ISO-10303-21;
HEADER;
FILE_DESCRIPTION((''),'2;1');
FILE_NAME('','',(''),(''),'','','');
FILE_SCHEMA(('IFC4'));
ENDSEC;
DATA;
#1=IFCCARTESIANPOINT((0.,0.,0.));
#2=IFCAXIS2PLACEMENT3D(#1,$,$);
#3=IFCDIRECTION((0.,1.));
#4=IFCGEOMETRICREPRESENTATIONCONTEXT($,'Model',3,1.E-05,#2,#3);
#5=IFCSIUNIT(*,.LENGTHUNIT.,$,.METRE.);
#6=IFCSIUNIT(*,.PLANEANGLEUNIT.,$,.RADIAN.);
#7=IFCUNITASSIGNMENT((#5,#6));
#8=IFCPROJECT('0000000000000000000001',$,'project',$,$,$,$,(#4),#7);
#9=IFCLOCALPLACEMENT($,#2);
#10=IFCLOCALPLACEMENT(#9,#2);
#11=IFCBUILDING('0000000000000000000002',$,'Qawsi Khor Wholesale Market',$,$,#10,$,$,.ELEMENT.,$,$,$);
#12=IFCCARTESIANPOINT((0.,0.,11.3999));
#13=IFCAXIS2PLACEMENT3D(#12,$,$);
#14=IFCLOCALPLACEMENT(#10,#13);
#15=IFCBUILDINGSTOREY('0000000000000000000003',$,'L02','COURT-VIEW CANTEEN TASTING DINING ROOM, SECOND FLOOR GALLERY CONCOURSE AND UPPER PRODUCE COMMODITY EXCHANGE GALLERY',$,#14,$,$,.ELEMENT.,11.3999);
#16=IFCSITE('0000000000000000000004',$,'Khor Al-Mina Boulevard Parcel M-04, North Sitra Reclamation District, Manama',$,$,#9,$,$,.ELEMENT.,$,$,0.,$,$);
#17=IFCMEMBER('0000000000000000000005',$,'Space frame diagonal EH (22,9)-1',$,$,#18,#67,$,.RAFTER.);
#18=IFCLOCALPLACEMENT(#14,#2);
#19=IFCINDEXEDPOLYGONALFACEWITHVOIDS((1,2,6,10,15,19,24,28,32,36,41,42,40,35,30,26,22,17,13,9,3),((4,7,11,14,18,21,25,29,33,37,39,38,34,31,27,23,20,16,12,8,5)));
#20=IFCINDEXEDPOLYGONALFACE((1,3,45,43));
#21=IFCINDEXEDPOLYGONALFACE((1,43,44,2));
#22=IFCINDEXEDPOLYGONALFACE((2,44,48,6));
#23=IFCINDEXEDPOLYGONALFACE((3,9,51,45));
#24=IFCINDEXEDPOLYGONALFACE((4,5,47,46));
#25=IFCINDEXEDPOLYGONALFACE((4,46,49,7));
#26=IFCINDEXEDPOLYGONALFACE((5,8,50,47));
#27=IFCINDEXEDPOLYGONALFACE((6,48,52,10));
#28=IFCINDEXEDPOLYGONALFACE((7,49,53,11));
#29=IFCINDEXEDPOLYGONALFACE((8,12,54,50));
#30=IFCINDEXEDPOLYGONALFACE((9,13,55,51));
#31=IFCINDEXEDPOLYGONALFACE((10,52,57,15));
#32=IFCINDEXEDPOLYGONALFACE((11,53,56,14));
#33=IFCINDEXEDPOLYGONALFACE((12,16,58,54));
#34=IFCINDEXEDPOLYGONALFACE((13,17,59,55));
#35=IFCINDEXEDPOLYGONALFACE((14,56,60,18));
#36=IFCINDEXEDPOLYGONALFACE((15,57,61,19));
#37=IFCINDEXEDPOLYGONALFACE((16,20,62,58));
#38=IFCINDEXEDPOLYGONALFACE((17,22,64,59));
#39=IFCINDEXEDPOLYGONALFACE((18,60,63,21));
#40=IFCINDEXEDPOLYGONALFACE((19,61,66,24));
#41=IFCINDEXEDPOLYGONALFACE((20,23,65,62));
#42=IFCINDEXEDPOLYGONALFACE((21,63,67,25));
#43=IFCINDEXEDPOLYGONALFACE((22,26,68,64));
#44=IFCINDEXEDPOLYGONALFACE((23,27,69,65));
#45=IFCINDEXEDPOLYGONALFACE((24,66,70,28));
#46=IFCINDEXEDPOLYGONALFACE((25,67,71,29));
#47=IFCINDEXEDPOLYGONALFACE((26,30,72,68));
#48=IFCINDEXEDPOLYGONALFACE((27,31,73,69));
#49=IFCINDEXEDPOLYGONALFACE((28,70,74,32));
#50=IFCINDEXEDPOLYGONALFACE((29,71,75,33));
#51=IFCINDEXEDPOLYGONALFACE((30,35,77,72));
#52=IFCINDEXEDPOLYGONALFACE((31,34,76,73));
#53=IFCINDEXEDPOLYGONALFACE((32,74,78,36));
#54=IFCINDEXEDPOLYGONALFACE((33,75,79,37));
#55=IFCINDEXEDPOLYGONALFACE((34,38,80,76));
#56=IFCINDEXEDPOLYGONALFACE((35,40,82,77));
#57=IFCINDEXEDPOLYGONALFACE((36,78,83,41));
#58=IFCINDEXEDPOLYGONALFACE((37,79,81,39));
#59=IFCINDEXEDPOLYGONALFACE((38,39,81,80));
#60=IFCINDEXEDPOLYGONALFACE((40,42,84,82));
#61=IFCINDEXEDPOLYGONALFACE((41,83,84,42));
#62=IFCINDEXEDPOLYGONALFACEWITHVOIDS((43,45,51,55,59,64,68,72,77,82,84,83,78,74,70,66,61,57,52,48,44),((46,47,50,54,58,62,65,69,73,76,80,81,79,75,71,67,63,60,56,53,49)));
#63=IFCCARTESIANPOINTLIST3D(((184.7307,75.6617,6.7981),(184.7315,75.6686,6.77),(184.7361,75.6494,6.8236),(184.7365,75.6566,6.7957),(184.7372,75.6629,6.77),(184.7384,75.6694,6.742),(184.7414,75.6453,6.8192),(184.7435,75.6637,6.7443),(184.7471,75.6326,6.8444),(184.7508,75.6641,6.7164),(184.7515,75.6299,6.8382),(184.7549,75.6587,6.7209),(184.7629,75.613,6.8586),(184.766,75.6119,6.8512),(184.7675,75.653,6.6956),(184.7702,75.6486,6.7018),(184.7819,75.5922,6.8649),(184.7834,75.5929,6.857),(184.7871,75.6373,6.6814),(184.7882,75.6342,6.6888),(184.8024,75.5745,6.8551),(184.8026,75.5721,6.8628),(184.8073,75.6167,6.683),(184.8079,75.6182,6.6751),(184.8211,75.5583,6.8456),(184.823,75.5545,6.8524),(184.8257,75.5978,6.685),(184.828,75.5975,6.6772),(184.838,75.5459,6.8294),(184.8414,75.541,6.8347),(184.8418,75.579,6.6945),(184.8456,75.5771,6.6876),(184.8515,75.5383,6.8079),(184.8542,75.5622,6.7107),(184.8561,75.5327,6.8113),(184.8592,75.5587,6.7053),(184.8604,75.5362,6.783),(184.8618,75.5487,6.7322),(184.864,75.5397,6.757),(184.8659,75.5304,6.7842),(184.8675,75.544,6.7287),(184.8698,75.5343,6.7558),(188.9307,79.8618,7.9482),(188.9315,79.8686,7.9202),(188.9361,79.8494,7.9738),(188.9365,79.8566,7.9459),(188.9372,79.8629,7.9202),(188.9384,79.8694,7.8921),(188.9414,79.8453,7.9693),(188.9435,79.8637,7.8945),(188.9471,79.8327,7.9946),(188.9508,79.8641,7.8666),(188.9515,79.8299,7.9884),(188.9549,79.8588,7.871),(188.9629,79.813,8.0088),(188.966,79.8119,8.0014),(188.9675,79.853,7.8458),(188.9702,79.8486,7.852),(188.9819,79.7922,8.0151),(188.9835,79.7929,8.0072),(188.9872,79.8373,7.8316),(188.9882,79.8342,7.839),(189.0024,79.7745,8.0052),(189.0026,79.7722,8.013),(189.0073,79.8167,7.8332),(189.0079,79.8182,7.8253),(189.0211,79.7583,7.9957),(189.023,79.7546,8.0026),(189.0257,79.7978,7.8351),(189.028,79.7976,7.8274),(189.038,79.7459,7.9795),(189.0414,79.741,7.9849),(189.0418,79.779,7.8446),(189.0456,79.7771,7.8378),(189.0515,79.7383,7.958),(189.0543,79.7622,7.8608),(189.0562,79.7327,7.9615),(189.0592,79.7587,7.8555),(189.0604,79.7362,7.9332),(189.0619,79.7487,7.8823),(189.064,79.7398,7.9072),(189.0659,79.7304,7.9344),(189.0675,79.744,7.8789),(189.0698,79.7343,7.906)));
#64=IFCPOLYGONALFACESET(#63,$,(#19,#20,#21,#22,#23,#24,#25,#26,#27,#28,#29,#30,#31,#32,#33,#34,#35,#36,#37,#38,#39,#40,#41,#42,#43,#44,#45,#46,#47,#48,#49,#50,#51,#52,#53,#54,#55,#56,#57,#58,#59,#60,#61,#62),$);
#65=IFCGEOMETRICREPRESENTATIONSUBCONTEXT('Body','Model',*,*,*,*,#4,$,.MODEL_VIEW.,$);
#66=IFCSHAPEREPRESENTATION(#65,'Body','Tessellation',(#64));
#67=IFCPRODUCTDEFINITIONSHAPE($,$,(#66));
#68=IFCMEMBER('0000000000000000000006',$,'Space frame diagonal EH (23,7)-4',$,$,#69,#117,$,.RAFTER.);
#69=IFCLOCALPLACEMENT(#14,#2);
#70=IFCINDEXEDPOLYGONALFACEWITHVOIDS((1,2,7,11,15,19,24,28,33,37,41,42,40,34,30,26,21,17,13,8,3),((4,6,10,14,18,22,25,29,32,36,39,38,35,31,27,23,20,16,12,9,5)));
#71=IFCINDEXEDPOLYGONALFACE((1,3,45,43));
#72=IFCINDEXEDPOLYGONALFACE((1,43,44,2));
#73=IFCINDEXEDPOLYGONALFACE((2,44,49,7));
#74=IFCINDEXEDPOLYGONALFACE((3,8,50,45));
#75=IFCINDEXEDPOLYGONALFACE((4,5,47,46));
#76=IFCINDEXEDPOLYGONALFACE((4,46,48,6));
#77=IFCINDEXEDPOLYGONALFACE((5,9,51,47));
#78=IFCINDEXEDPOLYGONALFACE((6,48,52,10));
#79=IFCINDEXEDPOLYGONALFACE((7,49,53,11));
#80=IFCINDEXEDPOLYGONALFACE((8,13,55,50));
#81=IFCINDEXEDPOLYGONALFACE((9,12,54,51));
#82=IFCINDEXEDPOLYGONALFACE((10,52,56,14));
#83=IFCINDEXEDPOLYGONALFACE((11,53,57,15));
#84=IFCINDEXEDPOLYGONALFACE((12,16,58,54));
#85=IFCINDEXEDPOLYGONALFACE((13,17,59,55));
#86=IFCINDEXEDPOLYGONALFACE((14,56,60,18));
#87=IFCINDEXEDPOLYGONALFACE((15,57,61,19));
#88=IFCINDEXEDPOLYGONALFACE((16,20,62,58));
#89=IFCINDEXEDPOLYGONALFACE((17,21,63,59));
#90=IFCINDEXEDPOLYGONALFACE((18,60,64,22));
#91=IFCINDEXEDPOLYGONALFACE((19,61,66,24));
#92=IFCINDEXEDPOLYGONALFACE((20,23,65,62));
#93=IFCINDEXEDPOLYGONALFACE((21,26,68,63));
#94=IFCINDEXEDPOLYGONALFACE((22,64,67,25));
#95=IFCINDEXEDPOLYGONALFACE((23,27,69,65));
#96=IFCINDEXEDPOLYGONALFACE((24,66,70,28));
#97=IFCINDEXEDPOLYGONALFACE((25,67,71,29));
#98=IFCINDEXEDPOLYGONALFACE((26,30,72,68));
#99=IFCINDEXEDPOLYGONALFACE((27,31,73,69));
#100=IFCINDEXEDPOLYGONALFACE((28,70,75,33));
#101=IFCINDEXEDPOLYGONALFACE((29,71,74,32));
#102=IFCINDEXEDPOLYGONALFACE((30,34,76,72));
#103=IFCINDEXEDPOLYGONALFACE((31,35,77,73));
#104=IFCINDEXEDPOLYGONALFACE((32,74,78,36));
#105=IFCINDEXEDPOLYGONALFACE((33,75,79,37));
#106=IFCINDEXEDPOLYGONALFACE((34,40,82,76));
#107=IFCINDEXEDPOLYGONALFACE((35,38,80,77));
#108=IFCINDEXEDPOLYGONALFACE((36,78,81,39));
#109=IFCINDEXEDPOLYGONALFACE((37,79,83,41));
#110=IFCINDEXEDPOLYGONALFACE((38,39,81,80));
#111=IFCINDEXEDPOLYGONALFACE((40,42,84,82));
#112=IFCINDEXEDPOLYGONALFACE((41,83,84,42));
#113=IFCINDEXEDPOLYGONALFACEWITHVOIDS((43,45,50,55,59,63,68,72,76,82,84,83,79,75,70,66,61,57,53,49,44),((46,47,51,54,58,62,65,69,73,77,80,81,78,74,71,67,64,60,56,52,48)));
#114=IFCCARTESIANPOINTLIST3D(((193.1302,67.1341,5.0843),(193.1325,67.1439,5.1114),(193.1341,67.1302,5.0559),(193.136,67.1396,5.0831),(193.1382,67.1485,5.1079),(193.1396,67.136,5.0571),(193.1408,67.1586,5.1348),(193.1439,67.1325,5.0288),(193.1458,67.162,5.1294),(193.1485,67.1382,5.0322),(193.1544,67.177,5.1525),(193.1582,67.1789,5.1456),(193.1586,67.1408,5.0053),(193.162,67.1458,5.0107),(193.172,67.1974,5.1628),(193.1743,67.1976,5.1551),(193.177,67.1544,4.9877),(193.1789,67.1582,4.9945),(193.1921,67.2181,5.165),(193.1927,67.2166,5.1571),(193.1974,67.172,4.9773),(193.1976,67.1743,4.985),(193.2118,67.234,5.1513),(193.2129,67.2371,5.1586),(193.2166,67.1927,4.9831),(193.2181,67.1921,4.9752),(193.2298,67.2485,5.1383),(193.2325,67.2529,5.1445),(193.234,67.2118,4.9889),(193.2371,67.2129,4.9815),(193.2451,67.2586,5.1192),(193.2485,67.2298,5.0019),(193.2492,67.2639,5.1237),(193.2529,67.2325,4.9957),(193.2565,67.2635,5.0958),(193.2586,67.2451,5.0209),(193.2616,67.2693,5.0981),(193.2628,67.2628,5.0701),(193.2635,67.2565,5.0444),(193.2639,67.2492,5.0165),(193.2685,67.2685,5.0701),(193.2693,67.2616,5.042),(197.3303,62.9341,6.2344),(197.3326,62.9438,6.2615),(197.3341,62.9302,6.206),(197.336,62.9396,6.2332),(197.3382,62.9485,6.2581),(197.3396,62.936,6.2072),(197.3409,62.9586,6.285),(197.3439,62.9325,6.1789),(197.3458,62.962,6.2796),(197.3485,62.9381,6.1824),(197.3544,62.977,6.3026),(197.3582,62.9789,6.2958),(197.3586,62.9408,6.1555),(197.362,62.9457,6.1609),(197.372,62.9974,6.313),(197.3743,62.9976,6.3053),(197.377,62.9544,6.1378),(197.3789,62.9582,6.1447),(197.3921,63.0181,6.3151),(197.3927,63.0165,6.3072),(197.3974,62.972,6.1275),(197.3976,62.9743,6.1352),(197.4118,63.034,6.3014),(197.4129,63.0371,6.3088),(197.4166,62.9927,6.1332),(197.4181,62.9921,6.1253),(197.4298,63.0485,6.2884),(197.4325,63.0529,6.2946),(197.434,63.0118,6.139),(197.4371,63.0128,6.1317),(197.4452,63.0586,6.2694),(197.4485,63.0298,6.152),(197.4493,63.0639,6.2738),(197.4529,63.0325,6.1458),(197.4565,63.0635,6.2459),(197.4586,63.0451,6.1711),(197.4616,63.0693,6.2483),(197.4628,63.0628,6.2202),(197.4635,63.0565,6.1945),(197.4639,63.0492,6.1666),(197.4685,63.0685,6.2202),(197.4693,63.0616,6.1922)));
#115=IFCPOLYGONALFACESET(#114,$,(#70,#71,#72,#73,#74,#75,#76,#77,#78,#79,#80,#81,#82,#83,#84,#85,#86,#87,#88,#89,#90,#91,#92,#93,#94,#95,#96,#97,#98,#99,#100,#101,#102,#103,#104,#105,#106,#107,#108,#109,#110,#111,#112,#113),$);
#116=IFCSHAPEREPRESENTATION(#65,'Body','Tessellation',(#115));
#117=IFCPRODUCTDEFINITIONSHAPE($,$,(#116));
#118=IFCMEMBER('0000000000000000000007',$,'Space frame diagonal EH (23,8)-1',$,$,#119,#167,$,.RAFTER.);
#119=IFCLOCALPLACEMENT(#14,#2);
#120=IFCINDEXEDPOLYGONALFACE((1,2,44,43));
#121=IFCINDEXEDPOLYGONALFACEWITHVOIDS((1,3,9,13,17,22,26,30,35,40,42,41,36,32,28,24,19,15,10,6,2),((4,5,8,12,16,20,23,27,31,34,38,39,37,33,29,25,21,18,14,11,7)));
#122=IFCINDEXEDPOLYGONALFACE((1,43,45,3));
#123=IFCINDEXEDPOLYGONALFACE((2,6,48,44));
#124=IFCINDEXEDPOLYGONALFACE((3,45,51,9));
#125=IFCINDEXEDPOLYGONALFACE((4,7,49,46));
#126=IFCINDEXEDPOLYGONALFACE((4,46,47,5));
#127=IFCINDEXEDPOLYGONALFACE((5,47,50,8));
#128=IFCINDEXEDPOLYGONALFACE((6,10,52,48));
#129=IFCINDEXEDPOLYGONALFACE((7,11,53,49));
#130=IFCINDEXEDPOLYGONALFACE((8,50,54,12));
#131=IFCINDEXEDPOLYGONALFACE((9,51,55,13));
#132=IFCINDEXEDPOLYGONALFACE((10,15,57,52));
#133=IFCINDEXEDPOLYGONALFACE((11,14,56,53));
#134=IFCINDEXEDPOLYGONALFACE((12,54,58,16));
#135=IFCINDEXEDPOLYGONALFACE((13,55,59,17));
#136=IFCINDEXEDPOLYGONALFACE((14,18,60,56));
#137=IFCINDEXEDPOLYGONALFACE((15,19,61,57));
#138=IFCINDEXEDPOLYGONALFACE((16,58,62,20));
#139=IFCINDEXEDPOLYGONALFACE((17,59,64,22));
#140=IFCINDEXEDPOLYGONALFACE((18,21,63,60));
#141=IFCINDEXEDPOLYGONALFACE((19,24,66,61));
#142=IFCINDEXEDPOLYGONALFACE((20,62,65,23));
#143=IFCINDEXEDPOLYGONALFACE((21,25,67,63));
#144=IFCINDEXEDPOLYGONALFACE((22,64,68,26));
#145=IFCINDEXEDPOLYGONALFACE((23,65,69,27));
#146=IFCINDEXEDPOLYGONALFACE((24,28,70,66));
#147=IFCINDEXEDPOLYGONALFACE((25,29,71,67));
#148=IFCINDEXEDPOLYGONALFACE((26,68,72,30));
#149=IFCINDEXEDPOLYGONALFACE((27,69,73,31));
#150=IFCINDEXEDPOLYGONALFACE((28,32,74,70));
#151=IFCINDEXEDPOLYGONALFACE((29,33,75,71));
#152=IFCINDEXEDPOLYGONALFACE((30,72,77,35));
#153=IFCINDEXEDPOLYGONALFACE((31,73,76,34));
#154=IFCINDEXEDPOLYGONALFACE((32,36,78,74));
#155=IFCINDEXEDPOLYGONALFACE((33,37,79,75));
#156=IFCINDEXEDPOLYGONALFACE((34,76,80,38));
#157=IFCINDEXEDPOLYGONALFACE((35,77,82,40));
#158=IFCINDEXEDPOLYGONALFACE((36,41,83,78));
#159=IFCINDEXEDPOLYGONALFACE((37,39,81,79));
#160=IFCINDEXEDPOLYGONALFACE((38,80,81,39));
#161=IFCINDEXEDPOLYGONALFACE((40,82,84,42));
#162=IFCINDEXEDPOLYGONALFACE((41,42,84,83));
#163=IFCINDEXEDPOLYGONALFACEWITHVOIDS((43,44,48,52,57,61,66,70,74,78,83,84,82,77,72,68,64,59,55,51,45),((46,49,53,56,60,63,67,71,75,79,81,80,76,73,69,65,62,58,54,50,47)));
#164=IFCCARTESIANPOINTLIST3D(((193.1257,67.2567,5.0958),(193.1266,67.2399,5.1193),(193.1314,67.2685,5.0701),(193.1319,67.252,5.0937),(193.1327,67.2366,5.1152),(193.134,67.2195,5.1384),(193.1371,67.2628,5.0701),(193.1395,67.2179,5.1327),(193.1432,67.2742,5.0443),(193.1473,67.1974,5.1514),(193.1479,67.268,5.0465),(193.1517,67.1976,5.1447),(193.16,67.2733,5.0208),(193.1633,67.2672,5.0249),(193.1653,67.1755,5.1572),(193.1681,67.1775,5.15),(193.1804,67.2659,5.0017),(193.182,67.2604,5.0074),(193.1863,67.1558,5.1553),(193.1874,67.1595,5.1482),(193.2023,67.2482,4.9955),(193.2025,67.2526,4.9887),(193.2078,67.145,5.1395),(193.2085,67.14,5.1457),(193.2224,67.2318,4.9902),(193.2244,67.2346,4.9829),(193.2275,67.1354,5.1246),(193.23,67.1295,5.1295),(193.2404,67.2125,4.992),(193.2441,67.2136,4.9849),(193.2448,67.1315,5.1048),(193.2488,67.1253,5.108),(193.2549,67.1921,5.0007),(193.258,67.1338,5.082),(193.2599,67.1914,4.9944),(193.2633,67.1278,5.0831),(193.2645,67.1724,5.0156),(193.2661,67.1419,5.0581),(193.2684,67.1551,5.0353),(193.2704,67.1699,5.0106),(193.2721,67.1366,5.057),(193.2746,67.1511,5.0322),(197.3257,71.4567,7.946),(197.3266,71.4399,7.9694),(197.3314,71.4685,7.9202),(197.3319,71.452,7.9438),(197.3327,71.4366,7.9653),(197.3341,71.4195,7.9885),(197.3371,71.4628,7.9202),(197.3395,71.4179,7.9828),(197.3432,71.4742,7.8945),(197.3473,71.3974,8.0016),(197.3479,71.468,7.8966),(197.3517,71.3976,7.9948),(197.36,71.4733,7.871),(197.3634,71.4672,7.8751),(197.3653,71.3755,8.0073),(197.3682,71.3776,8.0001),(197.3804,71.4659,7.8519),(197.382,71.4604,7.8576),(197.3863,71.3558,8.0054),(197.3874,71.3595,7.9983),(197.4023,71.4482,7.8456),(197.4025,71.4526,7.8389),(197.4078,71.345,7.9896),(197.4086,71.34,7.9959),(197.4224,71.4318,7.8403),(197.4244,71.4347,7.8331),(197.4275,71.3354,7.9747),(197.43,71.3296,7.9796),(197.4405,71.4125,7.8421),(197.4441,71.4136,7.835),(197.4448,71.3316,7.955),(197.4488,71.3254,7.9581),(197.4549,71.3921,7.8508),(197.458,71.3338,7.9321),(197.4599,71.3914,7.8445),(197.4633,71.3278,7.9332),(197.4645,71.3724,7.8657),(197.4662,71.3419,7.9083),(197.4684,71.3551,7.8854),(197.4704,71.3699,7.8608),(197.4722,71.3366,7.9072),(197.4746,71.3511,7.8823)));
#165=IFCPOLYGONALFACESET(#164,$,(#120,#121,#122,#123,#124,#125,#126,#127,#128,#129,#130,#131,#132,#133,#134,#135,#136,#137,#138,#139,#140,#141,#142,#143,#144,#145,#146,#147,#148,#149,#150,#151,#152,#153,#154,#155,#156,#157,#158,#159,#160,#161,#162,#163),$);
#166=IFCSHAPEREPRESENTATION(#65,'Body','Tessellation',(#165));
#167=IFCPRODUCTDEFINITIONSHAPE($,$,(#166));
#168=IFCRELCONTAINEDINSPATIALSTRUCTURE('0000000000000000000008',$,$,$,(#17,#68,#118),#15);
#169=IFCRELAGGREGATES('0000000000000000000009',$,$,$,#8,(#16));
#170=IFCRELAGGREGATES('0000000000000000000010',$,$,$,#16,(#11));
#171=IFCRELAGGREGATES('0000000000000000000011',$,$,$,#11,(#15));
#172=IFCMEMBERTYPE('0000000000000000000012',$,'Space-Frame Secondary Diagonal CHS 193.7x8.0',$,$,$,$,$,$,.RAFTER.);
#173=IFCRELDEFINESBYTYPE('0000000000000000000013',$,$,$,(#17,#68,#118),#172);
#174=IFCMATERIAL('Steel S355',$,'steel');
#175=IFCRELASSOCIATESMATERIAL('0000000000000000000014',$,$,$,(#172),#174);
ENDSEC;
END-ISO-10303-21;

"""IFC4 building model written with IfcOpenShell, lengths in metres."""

from ifc_helpers import new_model, si_unit, direction, frame, origin, origin_2d, place, context, subcontext, project, spatial, hollow_circle, extrude, material, material_profile, profile_set, type_object, element, save


model = new_model("IFC4")

# Units and contexts
model_context = context("Model", 3, precision=1e-05, world=origin(), true_north=direction((0.0, 1.0)))
body_context = subcontext(model_context, "Body", "Model", "MODEL_VIEW")
ifc_project = project(units=[si_unit("LENGTHUNIT", "METRE"), si_unit("PLANEANGLEUNIT", "RADIAN")], contexts=[model_context])

# Site, building, storey
site_placement = place(None, origin())
site = spatial("IfcSite", under=ifc_project, at=site_placement, Name="Khor Al-Mina Boulevard Parcel M-04, North Sitra Reclamation District, Manama", CompositionType="ELEMENT", RefElevation=0.0)
building_placement = place(site_placement, origin())
building = spatial("IfcBuilding", under=site, at=building_placement, Name="Qawsi Khor Wholesale Market", CompositionType="ELEMENT")
storey_placement = place(building_placement, frame((0.0, 0.0, 11.3999)))
storey = spatial("IfcBuildingStorey", under=building, at=storey_placement, Name="L02", Description="COURT-VIEW CANTEEN TASTING DINING ROOM, SECOND FLOOR GALLERY CONCOURSE AND UPPER PRODUCE COMMODITY EXCHANGE GALLERY", CompositionType="ELEMENT", Elevation=11.3999)

# Members
ifc_material_1 = material(Name="Steel S355", Category="steel")
ifc_material_profile_1 = material_profile(ifc_material_1, hollow_circle(Radius=0.0969, WallThickness=0.0081, at=origin_2d()), Name="CHS 193.7x8.0")
ifc_profile_set_1 = profile_set([ifc_material_profile_1], Name="Steel S355")
member_type_1 = type_object("IfcMemberType", Name="Space-Frame Secondary Diagonal CHS 193.7x8.0", PredefinedType="RAFTER", material=ifc_profile_set_1)
for number, where, z_axis, x_axis, name in (
    (1, (184.8, 75.6001, 6.77), (0.694211, 0.694211, 0.190108), (-0.707107, 0.707107, 0.0), "Space frame diagonal EH (22,9)-1"),
    (2, (193.2, 67.2, 5.0701), (0.694211, -0.694211, 0.190108), (0.707107, 0.707107, 0.0), "Space frame diagonal EH (23,7)-4"),
):
    element("IfcMember", number, at=place(storey_placement, frame(where, z_axis=z_axis, x_axis=x_axis)), inside=storey, type_object=member_type_1, Name=name, PredefinedType="RAFTER", context=body_context, shape_type="SweptSolid", body=[
        extrude(hollow_circle(Radius=0.0969, WallThickness=0.0081, at=origin_2d()), origin(), (0.0, 0.0, 1.0), 6.05),
    ])
member_1_placement = place(storey_placement, frame((193.2, 67.2, 5.0701), z_axis=(0.637512, 0.637512, 0.432617), x_axis=(-0.707107, 0.707107, 0.0)))
element("IfcMember", 3, at=member_1_placement, inside=storey, type_object=member_type_1, Name="Space frame diagonal EH (23,8)-1", PredefinedType="RAFTER", context=body_context, shape_type="SweptSolid", body=[
    extrude(hollow_circle(Radius=0.0969, WallThickness=0.0081, at=origin_2d()), origin(), (0.0, 0.0, 1.0), 6.5881),
])

save(model, "model.ifc")
